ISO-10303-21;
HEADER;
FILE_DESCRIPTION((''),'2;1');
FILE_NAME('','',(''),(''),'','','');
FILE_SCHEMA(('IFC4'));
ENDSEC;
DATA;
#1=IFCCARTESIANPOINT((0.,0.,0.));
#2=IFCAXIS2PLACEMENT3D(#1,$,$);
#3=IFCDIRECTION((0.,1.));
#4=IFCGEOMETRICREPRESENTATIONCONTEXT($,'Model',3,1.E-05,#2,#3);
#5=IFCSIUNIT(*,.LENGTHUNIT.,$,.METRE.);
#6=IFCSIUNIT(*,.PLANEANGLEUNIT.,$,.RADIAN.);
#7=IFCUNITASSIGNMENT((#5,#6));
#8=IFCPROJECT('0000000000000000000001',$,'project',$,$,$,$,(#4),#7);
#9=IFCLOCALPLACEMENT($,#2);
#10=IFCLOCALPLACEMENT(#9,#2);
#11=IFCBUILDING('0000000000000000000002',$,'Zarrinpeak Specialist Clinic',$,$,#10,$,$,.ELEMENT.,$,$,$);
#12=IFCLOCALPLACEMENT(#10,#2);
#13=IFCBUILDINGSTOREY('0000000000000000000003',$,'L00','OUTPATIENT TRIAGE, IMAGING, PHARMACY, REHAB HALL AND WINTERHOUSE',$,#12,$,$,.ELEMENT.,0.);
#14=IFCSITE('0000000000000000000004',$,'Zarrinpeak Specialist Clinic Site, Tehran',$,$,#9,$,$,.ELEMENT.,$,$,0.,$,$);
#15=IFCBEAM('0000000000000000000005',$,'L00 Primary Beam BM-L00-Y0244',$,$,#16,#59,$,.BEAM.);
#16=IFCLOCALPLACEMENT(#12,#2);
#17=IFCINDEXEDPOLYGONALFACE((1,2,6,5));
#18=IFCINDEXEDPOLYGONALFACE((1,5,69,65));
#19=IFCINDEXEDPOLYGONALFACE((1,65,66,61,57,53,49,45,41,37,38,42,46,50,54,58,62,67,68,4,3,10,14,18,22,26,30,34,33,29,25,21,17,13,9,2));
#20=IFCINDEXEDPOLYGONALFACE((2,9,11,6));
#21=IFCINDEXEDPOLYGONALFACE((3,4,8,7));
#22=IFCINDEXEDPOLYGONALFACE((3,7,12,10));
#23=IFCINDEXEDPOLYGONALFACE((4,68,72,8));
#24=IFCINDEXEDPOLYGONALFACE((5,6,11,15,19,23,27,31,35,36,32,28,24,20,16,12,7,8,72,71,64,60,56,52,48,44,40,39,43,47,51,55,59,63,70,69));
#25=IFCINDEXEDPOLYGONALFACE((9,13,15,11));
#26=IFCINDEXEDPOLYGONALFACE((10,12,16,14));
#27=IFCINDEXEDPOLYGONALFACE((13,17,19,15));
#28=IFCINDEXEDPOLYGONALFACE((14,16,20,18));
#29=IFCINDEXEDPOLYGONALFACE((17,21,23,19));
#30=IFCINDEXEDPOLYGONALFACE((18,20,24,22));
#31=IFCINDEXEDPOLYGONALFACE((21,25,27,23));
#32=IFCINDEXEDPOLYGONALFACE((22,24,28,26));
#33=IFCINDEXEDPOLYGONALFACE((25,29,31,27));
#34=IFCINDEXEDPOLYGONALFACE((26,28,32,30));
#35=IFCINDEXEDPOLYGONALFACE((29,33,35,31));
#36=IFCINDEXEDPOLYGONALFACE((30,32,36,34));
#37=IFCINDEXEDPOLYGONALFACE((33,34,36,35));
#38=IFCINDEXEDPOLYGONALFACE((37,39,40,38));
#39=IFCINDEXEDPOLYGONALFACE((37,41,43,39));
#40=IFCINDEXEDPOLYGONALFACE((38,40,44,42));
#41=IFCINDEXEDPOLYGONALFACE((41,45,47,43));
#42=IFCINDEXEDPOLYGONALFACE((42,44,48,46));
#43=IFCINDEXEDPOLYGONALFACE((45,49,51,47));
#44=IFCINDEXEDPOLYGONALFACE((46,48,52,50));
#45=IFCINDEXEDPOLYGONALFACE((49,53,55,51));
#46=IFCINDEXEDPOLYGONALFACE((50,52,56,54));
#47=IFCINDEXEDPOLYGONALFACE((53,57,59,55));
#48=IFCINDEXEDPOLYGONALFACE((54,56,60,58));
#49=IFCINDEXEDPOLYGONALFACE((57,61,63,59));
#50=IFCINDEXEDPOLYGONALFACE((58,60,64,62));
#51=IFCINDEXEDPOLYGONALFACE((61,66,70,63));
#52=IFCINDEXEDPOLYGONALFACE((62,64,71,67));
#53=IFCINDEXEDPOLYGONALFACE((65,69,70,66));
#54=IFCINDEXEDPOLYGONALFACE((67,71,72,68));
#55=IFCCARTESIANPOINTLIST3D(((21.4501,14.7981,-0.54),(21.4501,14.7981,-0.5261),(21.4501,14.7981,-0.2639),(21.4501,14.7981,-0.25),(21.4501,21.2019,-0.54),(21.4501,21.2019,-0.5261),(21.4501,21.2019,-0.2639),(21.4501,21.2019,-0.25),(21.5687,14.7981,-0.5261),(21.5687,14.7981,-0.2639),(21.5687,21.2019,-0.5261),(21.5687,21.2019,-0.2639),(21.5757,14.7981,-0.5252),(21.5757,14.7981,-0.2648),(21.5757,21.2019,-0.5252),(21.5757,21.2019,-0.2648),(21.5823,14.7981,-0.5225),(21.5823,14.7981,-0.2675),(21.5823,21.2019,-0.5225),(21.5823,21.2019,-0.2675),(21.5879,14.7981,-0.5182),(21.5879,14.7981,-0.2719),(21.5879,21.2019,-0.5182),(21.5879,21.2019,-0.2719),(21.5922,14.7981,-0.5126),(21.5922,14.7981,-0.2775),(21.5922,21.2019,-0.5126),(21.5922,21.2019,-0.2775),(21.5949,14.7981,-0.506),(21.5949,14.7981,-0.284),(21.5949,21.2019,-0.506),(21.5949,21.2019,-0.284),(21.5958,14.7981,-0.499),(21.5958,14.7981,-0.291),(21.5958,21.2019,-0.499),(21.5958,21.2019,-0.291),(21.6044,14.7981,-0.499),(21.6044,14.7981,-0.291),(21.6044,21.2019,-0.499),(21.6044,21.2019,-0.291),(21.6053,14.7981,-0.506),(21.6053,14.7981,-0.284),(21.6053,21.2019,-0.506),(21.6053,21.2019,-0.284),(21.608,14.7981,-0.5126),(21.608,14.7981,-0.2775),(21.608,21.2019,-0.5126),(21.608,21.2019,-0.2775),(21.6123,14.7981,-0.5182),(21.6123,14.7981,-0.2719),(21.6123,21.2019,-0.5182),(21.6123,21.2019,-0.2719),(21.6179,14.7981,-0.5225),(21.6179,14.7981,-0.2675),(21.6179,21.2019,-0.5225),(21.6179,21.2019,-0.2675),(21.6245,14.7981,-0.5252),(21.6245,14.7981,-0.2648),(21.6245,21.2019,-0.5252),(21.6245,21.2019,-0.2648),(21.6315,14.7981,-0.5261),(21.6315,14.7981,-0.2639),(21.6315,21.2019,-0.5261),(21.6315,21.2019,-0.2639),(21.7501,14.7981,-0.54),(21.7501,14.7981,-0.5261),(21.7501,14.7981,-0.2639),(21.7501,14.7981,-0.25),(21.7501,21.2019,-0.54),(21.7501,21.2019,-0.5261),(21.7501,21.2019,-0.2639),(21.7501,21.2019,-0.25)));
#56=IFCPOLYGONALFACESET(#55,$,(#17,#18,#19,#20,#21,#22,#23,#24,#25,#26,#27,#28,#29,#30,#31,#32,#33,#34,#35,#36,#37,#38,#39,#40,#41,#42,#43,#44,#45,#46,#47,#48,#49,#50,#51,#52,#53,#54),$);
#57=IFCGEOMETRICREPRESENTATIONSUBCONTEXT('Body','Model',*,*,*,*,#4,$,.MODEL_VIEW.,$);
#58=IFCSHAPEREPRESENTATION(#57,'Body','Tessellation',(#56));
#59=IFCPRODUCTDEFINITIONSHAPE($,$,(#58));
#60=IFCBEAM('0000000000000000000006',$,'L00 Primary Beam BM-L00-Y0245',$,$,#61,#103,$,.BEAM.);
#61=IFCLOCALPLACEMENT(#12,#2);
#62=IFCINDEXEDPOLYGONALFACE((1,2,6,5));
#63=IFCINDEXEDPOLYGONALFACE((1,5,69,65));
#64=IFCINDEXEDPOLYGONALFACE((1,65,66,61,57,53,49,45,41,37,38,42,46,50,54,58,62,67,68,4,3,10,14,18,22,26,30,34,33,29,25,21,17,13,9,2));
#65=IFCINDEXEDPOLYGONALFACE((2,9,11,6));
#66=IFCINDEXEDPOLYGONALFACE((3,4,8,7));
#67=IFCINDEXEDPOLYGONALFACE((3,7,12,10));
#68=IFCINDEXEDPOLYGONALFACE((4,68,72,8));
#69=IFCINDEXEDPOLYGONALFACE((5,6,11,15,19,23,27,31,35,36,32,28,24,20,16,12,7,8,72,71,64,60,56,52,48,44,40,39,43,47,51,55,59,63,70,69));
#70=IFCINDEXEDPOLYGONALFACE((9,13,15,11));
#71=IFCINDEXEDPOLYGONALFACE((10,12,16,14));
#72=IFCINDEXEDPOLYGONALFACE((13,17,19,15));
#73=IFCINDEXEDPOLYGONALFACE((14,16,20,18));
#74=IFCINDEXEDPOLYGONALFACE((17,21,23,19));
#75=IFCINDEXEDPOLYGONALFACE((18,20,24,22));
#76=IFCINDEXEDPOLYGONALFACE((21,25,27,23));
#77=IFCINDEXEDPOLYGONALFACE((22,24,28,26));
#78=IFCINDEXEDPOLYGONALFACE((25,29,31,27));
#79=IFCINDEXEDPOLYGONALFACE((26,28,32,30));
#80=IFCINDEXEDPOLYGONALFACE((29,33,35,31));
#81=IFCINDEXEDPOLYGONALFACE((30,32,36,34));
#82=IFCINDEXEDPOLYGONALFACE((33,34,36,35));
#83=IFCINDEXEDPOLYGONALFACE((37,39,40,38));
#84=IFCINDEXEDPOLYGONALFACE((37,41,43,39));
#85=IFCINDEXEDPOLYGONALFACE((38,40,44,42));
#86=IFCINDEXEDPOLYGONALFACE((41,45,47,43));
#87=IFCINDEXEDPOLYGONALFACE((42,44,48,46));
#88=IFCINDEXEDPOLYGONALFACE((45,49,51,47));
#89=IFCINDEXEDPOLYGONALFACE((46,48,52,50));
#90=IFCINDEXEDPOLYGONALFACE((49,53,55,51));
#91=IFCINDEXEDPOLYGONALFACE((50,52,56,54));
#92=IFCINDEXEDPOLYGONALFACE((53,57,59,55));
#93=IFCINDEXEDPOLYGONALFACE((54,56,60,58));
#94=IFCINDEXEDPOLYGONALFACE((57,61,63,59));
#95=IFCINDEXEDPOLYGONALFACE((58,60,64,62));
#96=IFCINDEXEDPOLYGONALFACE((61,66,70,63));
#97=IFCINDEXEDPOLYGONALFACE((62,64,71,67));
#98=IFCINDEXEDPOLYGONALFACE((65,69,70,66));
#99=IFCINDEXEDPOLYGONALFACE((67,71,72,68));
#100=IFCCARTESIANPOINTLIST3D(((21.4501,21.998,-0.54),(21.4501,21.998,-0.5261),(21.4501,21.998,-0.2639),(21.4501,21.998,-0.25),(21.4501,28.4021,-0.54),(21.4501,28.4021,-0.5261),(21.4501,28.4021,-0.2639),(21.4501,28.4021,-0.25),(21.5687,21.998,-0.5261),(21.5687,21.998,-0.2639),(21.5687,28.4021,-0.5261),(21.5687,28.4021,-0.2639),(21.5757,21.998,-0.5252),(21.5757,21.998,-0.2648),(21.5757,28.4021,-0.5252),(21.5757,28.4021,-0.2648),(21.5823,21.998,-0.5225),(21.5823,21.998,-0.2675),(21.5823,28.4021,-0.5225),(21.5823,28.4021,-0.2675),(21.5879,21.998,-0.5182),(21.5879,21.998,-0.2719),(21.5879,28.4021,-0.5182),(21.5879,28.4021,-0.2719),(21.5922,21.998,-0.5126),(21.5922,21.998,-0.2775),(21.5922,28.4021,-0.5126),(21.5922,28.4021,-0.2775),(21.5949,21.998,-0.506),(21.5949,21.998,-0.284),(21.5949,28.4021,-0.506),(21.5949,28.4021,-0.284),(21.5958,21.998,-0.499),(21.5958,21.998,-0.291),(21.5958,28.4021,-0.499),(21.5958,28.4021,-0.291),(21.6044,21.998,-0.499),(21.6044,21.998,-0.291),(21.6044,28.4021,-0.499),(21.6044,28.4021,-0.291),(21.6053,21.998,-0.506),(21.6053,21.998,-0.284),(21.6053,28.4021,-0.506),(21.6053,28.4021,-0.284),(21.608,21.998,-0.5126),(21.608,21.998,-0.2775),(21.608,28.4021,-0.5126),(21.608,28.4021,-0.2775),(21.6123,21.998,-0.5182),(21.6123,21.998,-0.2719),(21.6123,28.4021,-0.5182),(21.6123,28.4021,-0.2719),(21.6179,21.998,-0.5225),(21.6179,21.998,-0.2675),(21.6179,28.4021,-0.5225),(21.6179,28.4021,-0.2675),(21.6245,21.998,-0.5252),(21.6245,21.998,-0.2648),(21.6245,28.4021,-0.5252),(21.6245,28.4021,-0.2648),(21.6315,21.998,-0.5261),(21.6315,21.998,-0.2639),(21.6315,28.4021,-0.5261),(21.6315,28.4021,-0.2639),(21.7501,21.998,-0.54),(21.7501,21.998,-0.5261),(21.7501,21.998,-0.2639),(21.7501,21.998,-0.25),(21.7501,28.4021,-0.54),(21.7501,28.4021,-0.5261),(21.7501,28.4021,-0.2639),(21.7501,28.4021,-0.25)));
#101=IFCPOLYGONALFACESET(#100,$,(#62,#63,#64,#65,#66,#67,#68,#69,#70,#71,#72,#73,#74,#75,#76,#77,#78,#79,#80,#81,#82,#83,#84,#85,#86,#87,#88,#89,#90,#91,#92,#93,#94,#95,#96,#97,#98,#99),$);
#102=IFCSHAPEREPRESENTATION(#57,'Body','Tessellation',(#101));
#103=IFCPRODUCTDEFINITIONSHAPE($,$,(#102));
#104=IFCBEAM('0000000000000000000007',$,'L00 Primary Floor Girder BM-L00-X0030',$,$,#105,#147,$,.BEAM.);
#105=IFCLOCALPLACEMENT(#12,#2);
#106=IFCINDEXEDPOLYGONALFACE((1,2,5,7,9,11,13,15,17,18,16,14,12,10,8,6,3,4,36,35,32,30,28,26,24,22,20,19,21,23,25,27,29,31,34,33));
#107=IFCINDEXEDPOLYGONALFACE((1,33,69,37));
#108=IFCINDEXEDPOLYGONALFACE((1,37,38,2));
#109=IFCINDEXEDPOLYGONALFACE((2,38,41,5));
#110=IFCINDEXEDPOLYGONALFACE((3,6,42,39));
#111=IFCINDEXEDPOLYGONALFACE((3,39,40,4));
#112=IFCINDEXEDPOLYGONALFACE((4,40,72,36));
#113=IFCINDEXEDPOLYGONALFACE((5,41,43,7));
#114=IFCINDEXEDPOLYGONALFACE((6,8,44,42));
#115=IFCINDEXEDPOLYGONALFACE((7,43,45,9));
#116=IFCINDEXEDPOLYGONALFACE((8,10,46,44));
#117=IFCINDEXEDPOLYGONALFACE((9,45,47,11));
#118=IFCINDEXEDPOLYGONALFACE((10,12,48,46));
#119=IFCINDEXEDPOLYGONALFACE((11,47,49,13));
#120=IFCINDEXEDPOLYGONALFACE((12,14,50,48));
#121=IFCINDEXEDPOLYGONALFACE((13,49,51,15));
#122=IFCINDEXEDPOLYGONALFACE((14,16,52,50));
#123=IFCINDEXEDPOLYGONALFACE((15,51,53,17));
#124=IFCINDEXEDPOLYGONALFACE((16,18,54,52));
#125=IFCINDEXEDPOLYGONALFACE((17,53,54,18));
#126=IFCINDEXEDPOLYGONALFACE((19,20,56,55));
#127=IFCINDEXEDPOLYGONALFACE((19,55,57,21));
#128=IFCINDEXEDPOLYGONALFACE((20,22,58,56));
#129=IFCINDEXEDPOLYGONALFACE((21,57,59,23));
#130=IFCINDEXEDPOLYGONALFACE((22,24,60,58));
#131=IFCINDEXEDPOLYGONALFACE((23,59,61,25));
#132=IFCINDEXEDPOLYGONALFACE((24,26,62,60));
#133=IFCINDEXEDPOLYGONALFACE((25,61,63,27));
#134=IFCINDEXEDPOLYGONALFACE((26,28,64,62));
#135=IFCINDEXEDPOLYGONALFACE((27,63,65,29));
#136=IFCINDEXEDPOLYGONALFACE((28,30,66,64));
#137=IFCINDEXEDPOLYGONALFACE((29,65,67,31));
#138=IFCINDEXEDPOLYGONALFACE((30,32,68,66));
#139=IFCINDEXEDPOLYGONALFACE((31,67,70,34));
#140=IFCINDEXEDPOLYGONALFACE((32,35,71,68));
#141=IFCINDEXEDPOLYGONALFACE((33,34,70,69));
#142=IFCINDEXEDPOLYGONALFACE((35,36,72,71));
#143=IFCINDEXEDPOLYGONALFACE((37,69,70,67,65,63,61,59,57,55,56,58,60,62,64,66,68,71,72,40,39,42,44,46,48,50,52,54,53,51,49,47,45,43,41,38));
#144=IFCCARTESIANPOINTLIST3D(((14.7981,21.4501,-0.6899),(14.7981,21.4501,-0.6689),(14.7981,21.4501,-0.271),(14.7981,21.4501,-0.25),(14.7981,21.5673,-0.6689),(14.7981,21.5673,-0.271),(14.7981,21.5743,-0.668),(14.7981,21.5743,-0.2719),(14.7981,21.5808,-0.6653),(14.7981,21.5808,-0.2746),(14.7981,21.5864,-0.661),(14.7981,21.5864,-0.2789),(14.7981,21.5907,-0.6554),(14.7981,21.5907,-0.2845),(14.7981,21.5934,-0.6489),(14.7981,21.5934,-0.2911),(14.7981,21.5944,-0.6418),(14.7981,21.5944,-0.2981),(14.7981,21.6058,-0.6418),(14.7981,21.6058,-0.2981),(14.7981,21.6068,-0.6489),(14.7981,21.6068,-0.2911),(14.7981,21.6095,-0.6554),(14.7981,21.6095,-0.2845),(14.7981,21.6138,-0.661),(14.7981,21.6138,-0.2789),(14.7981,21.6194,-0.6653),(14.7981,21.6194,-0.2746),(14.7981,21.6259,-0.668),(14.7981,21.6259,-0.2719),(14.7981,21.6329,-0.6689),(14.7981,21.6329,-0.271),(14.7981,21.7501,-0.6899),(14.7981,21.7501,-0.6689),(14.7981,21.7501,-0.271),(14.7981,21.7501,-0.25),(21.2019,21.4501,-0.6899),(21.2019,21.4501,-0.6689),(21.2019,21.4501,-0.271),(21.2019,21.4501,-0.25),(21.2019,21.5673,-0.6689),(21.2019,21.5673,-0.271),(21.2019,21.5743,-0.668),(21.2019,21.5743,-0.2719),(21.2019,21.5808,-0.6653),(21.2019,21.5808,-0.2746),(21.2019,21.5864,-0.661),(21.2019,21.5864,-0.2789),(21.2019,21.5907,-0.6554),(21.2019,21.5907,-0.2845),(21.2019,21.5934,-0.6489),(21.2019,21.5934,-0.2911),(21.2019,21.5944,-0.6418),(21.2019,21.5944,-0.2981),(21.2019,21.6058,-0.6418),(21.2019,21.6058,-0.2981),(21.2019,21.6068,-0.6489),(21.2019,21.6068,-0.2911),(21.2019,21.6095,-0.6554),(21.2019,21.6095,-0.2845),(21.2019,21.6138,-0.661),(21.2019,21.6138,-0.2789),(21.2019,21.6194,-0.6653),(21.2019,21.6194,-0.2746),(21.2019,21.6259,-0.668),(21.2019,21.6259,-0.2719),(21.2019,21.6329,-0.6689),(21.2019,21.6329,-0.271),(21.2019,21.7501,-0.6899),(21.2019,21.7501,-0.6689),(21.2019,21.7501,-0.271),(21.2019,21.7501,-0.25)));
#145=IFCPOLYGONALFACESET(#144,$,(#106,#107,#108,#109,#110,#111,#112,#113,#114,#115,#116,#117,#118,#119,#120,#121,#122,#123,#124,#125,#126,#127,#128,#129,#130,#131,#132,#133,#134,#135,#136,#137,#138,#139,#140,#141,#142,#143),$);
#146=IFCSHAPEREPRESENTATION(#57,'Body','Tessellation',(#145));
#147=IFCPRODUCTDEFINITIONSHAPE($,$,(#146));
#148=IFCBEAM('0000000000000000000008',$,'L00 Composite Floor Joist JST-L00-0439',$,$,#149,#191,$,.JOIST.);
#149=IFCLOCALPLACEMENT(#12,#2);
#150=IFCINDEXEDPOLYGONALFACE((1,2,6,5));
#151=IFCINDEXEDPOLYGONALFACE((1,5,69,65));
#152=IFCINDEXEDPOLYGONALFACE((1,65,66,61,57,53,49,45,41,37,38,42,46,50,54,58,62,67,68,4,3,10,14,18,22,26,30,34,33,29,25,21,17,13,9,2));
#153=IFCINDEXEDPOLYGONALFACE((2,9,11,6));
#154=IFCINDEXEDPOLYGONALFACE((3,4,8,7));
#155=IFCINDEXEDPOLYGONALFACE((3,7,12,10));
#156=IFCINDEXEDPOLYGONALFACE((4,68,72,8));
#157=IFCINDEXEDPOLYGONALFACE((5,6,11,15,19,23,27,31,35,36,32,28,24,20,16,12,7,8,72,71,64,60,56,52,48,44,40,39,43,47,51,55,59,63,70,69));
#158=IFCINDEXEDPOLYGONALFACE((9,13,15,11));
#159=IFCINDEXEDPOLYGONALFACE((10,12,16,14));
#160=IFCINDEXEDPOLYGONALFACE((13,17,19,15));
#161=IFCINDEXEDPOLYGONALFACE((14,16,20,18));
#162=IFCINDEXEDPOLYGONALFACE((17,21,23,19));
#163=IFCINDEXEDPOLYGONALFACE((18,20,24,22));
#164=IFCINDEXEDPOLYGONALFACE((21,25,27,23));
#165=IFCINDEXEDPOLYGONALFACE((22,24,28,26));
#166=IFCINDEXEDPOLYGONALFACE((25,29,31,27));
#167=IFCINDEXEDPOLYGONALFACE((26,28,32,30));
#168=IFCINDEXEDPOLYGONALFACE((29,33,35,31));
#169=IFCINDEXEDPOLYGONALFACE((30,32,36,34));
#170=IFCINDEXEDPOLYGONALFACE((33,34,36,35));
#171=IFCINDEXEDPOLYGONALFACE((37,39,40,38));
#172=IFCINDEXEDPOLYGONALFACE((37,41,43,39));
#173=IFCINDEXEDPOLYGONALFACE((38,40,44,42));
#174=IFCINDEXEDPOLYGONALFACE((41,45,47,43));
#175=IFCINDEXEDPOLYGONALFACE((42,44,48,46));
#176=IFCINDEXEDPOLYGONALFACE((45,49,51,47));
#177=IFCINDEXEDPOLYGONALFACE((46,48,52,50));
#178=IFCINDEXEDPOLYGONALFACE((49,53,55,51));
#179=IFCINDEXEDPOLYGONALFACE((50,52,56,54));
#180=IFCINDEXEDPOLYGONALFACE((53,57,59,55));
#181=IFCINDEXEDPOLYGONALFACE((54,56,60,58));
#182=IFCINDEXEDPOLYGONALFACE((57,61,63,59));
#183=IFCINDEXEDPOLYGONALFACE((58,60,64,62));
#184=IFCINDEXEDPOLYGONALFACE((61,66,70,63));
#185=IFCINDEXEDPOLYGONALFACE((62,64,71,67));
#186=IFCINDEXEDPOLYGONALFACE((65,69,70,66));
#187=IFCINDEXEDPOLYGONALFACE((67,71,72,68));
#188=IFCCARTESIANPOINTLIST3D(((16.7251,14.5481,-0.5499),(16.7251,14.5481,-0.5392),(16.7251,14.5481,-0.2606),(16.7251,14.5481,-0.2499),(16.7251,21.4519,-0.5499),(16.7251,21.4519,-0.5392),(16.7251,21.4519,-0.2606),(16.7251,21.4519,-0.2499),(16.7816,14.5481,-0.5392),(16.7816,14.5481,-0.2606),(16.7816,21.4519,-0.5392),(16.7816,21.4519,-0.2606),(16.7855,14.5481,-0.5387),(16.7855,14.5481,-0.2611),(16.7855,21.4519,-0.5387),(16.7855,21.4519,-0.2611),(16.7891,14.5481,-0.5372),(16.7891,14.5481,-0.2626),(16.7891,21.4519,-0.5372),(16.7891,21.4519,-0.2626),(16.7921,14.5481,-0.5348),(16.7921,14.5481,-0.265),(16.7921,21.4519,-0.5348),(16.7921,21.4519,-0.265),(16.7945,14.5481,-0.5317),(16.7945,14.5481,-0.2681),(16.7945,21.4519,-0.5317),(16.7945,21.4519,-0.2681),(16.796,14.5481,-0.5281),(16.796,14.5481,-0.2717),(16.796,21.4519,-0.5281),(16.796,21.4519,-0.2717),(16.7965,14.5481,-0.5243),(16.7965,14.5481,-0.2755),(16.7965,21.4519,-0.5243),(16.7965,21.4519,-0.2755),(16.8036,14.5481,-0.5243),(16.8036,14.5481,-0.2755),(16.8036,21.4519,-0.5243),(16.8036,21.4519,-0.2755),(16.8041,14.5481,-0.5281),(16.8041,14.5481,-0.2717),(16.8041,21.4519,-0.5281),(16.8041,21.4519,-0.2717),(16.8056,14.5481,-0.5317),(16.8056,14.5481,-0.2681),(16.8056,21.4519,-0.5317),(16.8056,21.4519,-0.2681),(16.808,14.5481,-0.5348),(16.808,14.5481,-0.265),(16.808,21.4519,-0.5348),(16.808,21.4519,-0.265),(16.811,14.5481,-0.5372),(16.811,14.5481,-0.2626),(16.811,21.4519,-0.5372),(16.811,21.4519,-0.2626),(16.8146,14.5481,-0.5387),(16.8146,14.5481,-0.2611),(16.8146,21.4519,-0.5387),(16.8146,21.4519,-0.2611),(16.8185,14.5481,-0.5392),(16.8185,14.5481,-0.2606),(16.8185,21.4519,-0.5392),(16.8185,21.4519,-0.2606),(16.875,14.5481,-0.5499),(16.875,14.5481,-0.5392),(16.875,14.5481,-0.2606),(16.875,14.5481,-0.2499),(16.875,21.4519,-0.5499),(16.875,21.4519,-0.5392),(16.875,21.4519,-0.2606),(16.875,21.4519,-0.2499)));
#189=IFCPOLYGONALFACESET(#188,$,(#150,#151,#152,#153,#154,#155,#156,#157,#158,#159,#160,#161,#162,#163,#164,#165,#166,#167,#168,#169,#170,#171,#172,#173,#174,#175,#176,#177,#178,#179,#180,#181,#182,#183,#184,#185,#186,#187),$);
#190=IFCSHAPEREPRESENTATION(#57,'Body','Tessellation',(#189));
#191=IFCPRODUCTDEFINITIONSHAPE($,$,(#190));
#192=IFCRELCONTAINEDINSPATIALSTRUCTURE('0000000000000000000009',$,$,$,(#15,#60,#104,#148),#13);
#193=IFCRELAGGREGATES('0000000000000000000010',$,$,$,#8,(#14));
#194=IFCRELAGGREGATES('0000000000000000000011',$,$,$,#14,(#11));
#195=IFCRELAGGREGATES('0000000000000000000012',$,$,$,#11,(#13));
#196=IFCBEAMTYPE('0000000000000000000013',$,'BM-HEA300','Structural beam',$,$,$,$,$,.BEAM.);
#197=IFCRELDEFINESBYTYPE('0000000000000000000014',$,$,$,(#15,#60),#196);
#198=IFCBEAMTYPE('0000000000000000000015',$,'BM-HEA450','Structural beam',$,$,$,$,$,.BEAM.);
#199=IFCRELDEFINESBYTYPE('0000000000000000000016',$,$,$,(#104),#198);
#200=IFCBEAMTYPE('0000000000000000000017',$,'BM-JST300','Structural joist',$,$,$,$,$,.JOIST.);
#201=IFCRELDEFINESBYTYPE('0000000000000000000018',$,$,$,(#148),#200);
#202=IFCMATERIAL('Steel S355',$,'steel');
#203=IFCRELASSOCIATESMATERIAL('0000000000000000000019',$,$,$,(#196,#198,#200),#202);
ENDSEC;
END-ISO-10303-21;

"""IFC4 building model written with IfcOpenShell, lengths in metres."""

from ifc_helpers import new_model, si_unit, direction, frame, origin, origin_2d, place, context, subcontext, project, spatial, i_section, extrude, material, material_profile, profile_set, type_object, element, save


model = new_model("IFC4")

# Units and contexts
model_context = context("Model", 3, precision=1e-05, world=origin(), true_north=direction((0.0, 1.0)))
body_context = subcontext(model_context, "Body", "Model", "MODEL_VIEW")
ifc_project = project(units=[si_unit("LENGTHUNIT", "METRE"), si_unit("PLANEANGLEUNIT", "RADIAN")], contexts=[model_context])

# Site, building, storey
site_placement = place(None, origin())
site = spatial("IfcSite", under=ifc_project, at=site_placement, Name="Zarrinpeak Specialist Clinic Site, Tehran", CompositionType="ELEMENT", RefElevation=0.0)
building_placement = place(site_placement, origin())
building = spatial("IfcBuilding", under=site, at=building_placement, Name="Zarrinpeak Specialist Clinic", CompositionType="ELEMENT")
storey_placement = place(building_placement, origin())
storey = spatial("IfcBuildingStorey", under=building, at=storey_placement, Name="L00", Description="OUTPATIENT TRIAGE, IMAGING, PHARMACY, REHAB HALL AND WINTERHOUSE", CompositionType="ELEMENT", Elevation=0.0)

# Shared definitions
ifc_material_1 = material(Name="Steel S355", Category="steel")

# Beams
ifc_material_profile_1 = material_profile(ifc_material_1, i_section(OverallWidth=0.3, OverallDepth=0.29, WebThickness=0.0085, FlangeThickness=0.0139, FilletRadius=0.0271, at=origin_2d()), Name="HEA 300")
ifc_profile_set_1 = profile_set([ifc_material_profile_1], Name="Steel S355")
beam_type_1 = type_object("IfcBeamType", Name="BM-HEA300", Description="Structural beam", PredefinedType="BEAM", material=ifc_profile_set_1)
beam_1_placement = place(storey_placement, frame((21.6001, 14.7981, -0.395), z_axis=(0.0, 1.0, 0.0), x_axis=(-1.0, 0.0, 0.0)))
element("IfcBeam", 1, at=beam_1_placement, inside=storey, type_object=beam_type_1, Name="L00 Primary Beam BM-L00-Y0244", PredefinedType="BEAM", context=body_context, shape_type="SweptSolid", body=[
    extrude(i_section(OverallWidth=0.3, OverallDepth=0.29, WebThickness=0.0085, FlangeThickness=0.0139, FilletRadius=0.0271, at=origin_2d()), origin(), (0.0, 0.0, 1.0), 6.4038),
])
beam_2_placement = place(storey_placement, frame((21.6001, 21.998, -0.395), z_axis=(0.0, 1.0, 0.0), x_axis=(-1.0, 0.0, 0.0)))
element("IfcBeam", 2, at=beam_2_placement, inside=storey, type_object=beam_type_1, Name="L00 Primary Beam BM-L00-Y0245", PredefinedType="BEAM", context=body_context, shape_type="SweptSolid", body=[
    extrude(i_section(OverallWidth=0.3, OverallDepth=0.29, WebThickness=0.0085, FlangeThickness=0.0139, FilletRadius=0.0271, at=origin_2d()), origin(), (0.0, 0.0, 1.0), 6.4041),
])
ifc_material_profile_2 = material_profile(ifc_material_1, i_section(OverallWidth=0.3, OverallDepth=0.4399, WebThickness=0.0115, FlangeThickness=0.021, FilletRadius=0.0271, at=origin_2d()), Name="HEA 450")
ifc_profile_set_2 = profile_set([ifc_material_profile_2], Name="Steel S355")
beam_type_2 = type_object("IfcBeamType", Name="BM-HEA450", Description="Structural beam", PredefinedType="BEAM", material=ifc_profile_set_2)
beam_3_placement = place(storey_placement, frame((14.7981, 21.6001, -0.47), z_axis=(1.0, 0.0, 0.0), x_axis=(0.0, 1.0, 0.0)))
element("IfcBeam", 3, at=beam_3_placement, inside=storey, type_object=beam_type_2, Name="L00 Primary Floor Girder BM-L00-X0030", PredefinedType="BEAM", context=body_context, shape_type="SweptSolid", body=[
    extrude(i_section(OverallWidth=0.3, OverallDepth=0.4399, WebThickness=0.0115, FlangeThickness=0.021, FilletRadius=0.0271, at=origin_2d()), origin(), (0.0, 0.0, 1.0), 6.4038),
])
ifc_material_profile_3 = material_profile(ifc_material_1, i_section(OverallWidth=0.1499, OverallDepth=0.3, WebThickness=0.0071, FlangeThickness=0.0107, FilletRadius=0.0149, at=origin_2d()), Name="IPE 300")
ifc_profile_set_3 = profile_set([ifc_material_profile_3], Name="Steel S355")
beam_type_3 = type_object("IfcBeamType", Name="BM-JST300", Description="Structural joist", PredefinedType="JOIST", material=ifc_profile_set_3)
for number, where, z_axis, x_axis, name in (
    (4, (16.8, 14.5481, -0.3999), (0.0, 1.0, 0.0), (-1.0, 0.0, 0.0), "L00 Composite Floor Joist JST-L00-0439"),
):
    element("IfcBeam", number, at=place(storey_placement, frame(where, z_axis=z_axis, x_axis=x_axis)), inside=storey, type_object=beam_type_3, Name=name, PredefinedType="JOIST", context=body_context, shape_type="SweptSolid", body=[
        extrude(i_section(OverallWidth=0.1499, OverallDepth=0.3, WebThickness=0.0071, FlangeThickness=0.0107, FilletRadius=0.0149, at=origin_2d()), origin(), (0.0, 0.0, 1.0), 6.9038),
    ])

save(model, "model.ifc")
